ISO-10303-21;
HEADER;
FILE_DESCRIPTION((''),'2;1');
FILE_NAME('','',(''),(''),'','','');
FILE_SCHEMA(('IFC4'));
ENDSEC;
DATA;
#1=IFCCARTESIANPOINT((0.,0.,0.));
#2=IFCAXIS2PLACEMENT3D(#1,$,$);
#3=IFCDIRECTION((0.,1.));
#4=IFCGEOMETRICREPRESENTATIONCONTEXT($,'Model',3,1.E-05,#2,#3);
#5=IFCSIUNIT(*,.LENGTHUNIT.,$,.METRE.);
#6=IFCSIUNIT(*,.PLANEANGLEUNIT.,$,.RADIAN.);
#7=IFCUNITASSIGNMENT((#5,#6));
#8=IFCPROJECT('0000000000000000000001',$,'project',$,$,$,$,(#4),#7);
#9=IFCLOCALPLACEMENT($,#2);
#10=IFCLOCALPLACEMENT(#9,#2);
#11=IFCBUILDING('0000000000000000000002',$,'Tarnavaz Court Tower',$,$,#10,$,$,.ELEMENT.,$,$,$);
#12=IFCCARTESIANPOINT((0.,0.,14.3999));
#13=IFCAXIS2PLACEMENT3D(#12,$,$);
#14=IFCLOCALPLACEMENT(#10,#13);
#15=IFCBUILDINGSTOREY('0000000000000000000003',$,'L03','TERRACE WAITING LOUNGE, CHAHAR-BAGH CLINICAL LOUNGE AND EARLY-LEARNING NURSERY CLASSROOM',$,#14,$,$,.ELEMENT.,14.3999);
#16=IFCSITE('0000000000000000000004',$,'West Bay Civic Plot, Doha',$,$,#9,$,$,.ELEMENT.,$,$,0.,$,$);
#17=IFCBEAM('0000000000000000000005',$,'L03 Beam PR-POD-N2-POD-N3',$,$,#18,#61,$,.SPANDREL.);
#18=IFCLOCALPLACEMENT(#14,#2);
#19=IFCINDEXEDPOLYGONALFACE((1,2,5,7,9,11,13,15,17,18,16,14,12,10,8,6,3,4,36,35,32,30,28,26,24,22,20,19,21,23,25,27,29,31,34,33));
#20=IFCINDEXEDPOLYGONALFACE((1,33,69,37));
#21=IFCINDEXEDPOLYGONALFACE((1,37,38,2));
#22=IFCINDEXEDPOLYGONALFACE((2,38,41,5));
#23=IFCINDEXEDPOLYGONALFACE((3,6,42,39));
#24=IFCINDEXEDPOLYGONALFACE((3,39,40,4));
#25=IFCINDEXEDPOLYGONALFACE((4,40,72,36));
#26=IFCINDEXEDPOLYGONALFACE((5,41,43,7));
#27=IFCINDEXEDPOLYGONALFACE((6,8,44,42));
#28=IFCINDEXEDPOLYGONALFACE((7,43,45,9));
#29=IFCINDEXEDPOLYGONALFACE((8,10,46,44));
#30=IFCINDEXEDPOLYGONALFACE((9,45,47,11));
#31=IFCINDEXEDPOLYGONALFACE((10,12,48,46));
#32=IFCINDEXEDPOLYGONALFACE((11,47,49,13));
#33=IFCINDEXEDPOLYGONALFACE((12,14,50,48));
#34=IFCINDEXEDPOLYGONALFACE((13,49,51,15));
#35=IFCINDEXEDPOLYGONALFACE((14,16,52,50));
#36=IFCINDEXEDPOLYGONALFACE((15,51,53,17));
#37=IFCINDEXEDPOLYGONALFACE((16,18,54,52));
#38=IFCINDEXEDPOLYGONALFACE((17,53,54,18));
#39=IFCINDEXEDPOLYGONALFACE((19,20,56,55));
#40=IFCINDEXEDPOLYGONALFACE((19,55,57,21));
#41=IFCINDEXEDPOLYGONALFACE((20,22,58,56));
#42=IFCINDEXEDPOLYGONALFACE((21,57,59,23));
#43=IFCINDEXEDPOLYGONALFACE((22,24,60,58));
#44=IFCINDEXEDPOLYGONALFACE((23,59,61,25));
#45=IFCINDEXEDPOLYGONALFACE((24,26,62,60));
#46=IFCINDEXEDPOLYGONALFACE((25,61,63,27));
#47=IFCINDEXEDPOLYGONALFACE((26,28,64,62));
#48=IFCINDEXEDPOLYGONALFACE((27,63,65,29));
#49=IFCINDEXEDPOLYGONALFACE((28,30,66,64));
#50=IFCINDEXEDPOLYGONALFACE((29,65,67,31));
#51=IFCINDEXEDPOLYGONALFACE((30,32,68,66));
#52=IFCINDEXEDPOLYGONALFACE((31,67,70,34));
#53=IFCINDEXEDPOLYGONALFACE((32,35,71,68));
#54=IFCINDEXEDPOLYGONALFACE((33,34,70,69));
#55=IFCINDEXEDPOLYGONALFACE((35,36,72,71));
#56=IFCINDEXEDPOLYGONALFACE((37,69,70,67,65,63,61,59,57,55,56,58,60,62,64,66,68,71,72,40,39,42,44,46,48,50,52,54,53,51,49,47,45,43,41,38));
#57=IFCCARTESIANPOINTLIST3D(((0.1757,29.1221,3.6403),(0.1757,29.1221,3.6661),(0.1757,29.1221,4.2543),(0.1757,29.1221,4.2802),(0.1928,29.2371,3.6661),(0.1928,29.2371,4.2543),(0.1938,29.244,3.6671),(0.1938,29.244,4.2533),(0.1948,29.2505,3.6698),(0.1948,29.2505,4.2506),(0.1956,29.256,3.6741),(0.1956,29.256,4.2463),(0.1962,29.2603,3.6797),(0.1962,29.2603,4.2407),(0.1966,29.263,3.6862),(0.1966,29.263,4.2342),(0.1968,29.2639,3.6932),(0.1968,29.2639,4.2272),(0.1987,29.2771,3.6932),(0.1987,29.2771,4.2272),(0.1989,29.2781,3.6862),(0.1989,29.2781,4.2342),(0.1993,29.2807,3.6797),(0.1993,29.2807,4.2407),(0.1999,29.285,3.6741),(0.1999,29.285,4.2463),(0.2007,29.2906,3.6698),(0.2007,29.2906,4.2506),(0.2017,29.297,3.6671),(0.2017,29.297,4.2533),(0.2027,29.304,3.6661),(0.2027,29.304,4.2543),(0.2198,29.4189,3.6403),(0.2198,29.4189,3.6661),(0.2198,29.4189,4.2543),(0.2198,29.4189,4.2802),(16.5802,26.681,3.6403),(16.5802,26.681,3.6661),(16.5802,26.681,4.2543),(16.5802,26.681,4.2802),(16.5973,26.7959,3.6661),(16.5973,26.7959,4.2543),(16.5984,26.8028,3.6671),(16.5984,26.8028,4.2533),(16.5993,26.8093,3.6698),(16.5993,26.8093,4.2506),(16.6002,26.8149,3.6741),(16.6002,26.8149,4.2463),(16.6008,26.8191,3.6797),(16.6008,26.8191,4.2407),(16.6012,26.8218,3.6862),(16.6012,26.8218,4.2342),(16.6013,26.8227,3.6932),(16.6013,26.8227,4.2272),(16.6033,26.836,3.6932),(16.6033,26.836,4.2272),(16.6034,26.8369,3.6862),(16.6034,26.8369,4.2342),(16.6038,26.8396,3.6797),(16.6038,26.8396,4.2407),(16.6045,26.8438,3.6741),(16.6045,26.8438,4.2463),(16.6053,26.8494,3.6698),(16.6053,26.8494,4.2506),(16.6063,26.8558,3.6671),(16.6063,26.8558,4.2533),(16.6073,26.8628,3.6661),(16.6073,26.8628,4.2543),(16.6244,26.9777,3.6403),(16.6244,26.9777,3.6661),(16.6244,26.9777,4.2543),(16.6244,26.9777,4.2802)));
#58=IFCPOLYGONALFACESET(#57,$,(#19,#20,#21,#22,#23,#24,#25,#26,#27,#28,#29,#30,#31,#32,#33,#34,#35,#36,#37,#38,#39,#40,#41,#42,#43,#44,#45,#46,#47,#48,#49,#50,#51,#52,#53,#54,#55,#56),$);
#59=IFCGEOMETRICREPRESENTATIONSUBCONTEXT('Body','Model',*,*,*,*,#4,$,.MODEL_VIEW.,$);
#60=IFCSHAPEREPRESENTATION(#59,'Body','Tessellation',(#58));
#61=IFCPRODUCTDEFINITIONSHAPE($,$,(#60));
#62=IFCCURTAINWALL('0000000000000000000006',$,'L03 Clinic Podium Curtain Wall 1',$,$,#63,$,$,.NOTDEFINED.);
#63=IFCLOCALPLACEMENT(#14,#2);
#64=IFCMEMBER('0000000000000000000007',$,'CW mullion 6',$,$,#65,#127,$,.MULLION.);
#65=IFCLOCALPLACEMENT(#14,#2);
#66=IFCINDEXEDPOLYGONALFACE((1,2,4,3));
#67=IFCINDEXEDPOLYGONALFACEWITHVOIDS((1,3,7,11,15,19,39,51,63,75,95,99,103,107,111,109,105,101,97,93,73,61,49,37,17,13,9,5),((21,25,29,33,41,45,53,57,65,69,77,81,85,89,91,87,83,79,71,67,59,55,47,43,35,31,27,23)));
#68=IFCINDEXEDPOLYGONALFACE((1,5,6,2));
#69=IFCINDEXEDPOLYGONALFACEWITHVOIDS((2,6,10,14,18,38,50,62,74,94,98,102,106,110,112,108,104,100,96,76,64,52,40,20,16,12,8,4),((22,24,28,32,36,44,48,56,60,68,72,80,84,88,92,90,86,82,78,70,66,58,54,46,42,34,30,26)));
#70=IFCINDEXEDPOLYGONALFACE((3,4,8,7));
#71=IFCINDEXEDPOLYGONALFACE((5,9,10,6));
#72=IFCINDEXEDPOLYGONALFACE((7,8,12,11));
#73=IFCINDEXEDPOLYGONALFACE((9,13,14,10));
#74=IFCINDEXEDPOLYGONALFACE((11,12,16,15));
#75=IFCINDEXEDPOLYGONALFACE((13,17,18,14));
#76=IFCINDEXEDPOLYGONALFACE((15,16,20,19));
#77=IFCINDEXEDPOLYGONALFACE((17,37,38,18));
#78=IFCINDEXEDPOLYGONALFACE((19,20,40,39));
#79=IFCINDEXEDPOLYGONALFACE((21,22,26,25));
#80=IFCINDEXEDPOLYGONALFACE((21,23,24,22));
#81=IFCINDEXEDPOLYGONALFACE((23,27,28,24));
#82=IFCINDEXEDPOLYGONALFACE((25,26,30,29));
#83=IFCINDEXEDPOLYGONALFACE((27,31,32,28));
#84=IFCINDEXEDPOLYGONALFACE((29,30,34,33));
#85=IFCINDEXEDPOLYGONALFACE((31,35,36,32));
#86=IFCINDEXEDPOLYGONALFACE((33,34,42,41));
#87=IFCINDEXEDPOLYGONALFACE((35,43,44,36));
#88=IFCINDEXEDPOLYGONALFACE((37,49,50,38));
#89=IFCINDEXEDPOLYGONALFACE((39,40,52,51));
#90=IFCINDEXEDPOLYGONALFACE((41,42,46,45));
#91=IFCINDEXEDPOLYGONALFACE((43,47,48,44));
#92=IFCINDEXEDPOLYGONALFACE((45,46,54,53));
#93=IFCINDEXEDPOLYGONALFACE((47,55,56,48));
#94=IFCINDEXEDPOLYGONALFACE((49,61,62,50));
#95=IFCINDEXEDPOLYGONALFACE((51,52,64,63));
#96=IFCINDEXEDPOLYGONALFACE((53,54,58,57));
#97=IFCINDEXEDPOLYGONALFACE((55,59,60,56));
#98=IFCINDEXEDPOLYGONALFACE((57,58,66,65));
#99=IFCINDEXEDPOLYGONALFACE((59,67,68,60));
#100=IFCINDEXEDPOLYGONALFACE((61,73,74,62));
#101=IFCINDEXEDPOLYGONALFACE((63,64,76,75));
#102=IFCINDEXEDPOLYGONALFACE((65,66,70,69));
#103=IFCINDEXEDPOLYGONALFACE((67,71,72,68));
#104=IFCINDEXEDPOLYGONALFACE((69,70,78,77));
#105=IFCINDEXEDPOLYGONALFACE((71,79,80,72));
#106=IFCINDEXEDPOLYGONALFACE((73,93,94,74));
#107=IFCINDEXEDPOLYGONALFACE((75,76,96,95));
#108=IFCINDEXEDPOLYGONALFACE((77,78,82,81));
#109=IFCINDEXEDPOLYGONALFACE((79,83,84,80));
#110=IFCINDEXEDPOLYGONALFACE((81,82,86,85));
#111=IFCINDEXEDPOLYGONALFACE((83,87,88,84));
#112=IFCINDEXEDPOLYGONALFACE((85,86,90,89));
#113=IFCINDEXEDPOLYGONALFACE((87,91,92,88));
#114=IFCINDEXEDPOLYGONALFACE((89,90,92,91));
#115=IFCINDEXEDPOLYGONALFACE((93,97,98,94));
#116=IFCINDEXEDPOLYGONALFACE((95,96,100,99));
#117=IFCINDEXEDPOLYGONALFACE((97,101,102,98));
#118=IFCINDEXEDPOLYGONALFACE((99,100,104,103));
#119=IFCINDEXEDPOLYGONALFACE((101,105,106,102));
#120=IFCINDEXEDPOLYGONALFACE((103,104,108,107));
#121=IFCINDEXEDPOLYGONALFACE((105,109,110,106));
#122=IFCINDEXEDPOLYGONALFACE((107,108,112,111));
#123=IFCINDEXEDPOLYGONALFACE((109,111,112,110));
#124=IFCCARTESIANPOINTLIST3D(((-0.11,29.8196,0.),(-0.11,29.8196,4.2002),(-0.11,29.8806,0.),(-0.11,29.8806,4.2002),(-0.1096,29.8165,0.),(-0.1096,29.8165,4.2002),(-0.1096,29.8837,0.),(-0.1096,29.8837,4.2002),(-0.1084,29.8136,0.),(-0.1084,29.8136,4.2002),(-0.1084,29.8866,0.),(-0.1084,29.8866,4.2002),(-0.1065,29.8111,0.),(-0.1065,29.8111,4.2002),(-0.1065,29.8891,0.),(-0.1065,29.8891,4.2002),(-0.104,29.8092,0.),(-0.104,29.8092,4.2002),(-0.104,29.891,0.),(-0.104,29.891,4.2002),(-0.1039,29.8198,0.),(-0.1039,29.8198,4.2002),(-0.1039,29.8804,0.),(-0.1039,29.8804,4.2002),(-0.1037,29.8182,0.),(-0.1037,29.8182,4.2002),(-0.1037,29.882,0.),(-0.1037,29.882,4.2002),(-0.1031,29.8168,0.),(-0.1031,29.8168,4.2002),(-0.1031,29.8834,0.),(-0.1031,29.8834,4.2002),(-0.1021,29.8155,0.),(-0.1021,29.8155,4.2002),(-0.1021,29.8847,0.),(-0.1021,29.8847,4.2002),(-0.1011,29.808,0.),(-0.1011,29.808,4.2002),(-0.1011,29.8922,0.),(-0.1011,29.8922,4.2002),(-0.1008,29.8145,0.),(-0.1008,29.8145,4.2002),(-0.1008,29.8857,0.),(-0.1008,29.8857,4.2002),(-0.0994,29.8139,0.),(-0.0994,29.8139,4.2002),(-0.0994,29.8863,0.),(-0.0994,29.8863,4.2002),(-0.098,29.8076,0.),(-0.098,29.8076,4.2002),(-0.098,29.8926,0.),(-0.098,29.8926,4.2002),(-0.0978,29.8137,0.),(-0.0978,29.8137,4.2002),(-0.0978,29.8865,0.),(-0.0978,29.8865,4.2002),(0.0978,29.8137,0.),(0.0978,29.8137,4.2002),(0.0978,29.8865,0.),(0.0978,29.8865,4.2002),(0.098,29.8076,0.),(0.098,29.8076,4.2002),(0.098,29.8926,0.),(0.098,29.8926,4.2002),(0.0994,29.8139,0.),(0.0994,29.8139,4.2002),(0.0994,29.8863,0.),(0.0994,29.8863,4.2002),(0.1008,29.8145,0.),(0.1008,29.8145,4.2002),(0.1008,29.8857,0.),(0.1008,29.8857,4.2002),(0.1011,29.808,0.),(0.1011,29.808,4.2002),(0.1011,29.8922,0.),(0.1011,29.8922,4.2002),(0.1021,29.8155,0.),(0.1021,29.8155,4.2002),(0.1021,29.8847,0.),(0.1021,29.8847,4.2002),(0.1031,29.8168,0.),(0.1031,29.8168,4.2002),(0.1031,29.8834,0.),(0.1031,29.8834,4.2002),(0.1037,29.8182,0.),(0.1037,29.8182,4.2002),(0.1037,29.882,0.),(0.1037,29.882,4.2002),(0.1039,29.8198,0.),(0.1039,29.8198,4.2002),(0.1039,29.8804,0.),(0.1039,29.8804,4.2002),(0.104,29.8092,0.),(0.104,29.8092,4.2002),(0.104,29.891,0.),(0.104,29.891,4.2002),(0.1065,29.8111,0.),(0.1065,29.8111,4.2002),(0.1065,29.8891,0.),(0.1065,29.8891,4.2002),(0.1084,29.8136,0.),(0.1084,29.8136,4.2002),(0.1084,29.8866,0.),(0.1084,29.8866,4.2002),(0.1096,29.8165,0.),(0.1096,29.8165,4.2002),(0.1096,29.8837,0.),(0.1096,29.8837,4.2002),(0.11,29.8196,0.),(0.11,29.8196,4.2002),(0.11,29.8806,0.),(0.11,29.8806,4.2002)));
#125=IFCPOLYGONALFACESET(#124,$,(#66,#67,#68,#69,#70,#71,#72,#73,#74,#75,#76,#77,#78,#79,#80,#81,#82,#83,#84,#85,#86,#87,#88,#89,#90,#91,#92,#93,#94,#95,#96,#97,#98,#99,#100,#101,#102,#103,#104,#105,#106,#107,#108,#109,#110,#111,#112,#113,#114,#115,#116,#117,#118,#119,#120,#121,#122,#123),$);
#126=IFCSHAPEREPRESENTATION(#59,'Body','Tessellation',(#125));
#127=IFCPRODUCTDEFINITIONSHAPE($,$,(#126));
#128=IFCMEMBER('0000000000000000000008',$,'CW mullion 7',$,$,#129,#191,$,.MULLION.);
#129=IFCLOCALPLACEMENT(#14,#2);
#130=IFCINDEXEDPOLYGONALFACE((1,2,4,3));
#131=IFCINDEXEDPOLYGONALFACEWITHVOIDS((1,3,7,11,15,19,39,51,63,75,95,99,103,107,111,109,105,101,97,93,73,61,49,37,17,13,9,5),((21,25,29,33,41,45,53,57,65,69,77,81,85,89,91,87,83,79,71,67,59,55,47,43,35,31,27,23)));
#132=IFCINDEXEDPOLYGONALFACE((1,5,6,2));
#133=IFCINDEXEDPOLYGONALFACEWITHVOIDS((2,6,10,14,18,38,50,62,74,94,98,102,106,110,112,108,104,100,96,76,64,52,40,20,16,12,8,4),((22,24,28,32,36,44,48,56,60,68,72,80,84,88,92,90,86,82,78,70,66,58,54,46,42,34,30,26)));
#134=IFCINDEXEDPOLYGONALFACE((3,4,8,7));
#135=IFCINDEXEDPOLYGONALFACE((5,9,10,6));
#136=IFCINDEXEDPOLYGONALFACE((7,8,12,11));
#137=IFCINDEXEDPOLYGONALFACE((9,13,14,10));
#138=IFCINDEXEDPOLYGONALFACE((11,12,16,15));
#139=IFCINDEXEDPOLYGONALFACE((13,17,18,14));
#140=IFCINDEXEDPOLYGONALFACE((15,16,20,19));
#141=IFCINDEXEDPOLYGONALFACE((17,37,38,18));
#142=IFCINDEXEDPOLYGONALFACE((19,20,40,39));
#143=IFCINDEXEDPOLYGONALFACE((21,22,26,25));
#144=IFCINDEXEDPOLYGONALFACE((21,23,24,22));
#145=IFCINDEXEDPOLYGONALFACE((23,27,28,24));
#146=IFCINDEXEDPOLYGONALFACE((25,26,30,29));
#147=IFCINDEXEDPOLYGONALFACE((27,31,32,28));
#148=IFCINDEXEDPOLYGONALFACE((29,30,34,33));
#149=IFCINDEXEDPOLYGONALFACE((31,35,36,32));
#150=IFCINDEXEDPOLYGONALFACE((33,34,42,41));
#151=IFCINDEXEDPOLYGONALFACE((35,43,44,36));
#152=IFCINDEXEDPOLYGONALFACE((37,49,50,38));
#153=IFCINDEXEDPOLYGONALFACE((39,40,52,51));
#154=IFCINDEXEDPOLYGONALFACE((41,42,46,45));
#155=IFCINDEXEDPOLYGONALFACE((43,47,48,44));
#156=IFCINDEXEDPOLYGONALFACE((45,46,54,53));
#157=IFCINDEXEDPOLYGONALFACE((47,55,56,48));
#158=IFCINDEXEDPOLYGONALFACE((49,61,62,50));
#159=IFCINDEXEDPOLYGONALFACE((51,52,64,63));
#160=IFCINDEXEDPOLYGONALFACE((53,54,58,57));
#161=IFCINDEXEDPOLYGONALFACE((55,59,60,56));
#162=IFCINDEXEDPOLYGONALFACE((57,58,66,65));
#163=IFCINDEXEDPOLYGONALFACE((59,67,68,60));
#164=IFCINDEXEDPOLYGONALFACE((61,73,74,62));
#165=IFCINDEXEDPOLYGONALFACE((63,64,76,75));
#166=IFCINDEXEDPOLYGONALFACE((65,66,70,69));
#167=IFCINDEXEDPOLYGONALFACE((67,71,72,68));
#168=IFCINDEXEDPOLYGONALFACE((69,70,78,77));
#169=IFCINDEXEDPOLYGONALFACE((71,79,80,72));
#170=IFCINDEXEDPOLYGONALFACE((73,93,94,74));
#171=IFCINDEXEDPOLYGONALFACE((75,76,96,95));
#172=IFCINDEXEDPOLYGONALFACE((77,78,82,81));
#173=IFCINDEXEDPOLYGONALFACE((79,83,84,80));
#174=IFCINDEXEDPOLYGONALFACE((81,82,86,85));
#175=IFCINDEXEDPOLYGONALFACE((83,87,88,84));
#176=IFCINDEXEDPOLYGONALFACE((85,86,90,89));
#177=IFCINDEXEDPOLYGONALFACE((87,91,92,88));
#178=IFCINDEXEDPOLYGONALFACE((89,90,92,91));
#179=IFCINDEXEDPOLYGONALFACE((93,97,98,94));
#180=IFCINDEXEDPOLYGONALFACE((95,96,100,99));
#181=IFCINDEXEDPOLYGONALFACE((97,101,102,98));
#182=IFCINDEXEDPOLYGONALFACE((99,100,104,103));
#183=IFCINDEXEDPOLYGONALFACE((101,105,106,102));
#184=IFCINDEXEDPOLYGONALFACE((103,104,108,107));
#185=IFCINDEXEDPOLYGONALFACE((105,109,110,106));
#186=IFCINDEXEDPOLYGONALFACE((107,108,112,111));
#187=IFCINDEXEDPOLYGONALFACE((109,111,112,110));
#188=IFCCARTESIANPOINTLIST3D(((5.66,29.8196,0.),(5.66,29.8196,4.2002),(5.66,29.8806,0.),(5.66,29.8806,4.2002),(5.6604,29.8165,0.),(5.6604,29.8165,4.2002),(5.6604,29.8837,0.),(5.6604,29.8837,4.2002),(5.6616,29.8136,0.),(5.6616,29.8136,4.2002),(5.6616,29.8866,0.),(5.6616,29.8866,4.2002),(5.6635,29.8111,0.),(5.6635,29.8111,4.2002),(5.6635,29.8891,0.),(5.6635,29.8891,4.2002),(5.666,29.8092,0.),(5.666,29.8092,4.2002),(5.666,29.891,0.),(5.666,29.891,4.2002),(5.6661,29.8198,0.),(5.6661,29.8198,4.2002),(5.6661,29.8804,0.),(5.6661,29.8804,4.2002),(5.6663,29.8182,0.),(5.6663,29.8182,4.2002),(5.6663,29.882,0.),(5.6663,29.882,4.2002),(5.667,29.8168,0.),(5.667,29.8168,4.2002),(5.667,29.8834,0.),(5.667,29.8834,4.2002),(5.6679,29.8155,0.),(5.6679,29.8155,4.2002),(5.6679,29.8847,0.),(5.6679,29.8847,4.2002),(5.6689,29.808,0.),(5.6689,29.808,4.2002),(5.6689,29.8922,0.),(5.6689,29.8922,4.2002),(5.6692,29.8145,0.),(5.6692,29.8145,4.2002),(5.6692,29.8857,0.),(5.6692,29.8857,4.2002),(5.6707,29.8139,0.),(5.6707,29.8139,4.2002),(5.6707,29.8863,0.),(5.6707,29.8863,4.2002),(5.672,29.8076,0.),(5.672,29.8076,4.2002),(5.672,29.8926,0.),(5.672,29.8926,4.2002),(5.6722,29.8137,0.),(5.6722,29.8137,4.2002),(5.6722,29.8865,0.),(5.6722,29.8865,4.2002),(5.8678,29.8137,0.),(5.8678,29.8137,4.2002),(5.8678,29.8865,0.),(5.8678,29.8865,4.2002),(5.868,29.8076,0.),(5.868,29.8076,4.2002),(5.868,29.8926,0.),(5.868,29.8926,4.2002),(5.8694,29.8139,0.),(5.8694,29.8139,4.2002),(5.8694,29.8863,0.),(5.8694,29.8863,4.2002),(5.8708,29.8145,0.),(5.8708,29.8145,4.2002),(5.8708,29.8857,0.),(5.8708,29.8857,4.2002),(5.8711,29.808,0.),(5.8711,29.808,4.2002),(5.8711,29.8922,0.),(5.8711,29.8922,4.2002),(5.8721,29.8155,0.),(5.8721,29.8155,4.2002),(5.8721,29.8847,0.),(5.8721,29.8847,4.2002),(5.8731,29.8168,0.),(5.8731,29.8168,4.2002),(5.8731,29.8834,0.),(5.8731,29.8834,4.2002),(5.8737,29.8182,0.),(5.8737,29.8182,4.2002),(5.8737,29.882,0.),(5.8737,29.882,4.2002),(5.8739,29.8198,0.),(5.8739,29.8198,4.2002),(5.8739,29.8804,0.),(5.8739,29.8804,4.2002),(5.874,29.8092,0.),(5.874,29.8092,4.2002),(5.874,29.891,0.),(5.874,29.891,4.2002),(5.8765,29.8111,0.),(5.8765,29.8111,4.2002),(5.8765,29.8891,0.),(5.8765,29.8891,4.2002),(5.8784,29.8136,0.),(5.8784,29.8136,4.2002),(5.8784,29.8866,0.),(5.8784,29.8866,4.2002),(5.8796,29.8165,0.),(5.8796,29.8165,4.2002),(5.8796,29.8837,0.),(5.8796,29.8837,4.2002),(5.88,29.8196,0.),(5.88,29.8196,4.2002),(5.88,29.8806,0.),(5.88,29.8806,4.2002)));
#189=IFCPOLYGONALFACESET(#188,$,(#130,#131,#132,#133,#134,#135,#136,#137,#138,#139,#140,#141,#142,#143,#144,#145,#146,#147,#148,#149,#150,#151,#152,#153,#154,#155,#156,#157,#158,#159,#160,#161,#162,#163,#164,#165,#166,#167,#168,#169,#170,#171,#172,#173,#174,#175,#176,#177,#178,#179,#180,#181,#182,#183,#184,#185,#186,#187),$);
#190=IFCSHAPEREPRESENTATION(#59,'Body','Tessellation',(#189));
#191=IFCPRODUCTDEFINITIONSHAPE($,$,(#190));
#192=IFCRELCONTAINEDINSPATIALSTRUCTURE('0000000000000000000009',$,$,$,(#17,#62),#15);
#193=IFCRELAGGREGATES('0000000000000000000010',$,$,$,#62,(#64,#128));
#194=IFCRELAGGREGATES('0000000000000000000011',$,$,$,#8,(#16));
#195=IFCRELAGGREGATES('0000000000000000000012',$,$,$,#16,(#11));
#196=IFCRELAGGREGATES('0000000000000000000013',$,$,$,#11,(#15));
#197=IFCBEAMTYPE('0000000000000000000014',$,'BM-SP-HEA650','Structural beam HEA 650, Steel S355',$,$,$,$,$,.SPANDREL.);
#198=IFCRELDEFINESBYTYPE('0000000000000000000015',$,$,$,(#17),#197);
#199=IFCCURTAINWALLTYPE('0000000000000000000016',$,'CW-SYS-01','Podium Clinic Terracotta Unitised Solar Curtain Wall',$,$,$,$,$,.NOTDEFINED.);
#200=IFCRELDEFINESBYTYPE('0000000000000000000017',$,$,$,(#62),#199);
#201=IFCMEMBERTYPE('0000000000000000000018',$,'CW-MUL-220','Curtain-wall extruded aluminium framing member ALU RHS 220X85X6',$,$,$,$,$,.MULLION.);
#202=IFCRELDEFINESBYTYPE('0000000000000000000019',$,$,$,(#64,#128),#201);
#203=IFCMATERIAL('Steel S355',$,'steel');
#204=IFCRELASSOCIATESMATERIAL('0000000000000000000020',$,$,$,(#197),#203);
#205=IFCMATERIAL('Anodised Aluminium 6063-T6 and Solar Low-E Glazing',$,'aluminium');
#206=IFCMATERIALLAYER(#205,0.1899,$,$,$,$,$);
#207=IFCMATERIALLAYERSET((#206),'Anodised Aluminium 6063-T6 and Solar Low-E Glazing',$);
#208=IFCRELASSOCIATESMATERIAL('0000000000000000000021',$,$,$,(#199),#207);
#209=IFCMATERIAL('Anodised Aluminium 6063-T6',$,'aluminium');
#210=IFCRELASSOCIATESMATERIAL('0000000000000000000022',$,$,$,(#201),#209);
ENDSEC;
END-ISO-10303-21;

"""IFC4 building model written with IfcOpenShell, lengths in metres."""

from ifc_helpers import new_model, si_unit, direction, frame, origin, origin_2d, place, context, subcontext, project, spatial, hollow_rectangle, i_section, extrude, material, layer, layer_set, material_profile, profile_set, type_object, element, aggregate, save


model = new_model("IFC4")

# Units and contexts
model_context = context("Model", 3, precision=1e-05, world=origin(), true_north=direction((0.0, 1.0)))
body_context = subcontext(model_context, "Body", "Model", "MODEL_VIEW")
ifc_project = project(units=[si_unit("LENGTHUNIT", "METRE"), si_unit("PLANEANGLEUNIT", "RADIAN")], contexts=[model_context])

# Site, building, storey
site_placement = place(None, origin())
site = spatial("IfcSite", under=ifc_project, at=site_placement, Name="West Bay Civic Plot, Doha", CompositionType="ELEMENT", RefElevation=0.0)
building_placement = place(site_placement, origin())
building = spatial("IfcBuilding", under=site, at=building_placement, Name="Tarnavaz Court Tower", CompositionType="ELEMENT")
storey_placement = place(building_placement, frame((0.0, 0.0, 14.3999)))
storey = spatial("IfcBuildingStorey", under=building, at=storey_placement, Name="L03", Description="TERRACE WAITING LOUNGE, CHAHAR-BAGH CLINICAL LOUNGE AND EARLY-LEARNING NURSERY CLASSROOM", CompositionType="ELEMENT", Elevation=14.3999)

# Beam
ifc_material_1 = material(Name="Steel S355", Category="steel")
ifc_material_profile_1 = material_profile(ifc_material_1, i_section(OverallWidth=0.3, OverallDepth=0.6399, WebThickness=0.0134, FlangeThickness=0.0259, FilletRadius=0.0271, at=origin_2d()), Name="HEA 650")
ifc_profile_set_1 = profile_set([ifc_material_profile_1], Name="Steel S355")
beam_type_1 = type_object("IfcBeamType", Name="BM-SP-HEA650", Description="Structural beam HEA 650, Steel S355", PredefinedType="SPANDREL", material=ifc_profile_set_1)
beam_1_placement = place(storey_placement, frame((0.1978, 29.2705, 3.9602), z_axis=(0.989108, -0.147189, 0.0), x_axis=(0.147189, 0.989108, 0.0)))
element("IfcBeam", 1, at=beam_1_placement, inside=storey, type_object=beam_type_1, Name="L03 Beam PR-POD-N2-POD-N3", PredefinedType="SPANDREL", context=body_context, shape_type="SweptSolid", body=[
    extrude(i_section(OverallWidth=0.3, OverallDepth=0.6399, WebThickness=0.0134, FlangeThickness=0.0259, FilletRadius=0.0271, at=origin_2d()), origin(), (0.0, 0.0, 1.0), 16.5852),
])

# Curtain wall, members
ifc_material_2 = material(Name="Anodised Aluminium 6063-T6 and Solar Low-E Glazing", Category="aluminium")
ifc_layer_1 = layer(ifc_material_2, 0.1899)
ifc_layer_set_1 = layer_set([ifc_layer_1], Name="Anodised Aluminium 6063-T6 and Solar Low-E Glazing")
curtain_wall_type = type_object("IfcCurtainWallType", Name="CW-SYS-01", Description="Podium Clinic Terracotta Unitised Solar Curtain Wall", PredefinedType="NOTDEFINED", material=ifc_layer_set_1)
curtain_wall_placement = place(storey_placement, origin())
curtain_wall = element("IfcCurtainWall", 2, at=curtain_wall_placement, inside=storey, type_object=curtain_wall_type, Name="L03 Clinic Podium Curtain Wall 1", PredefinedType="NOTDEFINED")
ifc_material_3 = material(Name="Anodised Aluminium 6063-T6", Category="aluminium")
ifc_material_profile_2 = material_profile(ifc_material_3, hollow_rectangle(XDim=0.085, YDim=0.22, WallThickness=0.0061, InnerFilletRadius=0.0061, OuterFilletRadius=0.012, at=origin_2d()), Name="ALU RHS 220X85X6")
ifc_profile_set_2 = profile_set([ifc_material_profile_2], Name="Anodised Aluminium 6063-T6")
member_type_1 = type_object("IfcMemberType", Name="CW-MUL-220", Description="Curtain-wall extruded aluminium framing member ALU RHS 220X85X6", PredefinedType="MULLION", material=ifc_profile_set_2)
member_1_placement = place(storey_placement, frame((0.0, 29.8501, 0.0), z_axis=(0.0, 0.0, 1.0), x_axis=(0.0, 1.0, 0.0)))
member_1 = element("IfcMember", 3, at=member_1_placement, type_object=member_type_1, Name="CW mullion 6", PredefinedType="MULLION", context=body_context, shape_type="SweptSolid", body=[
    extrude(hollow_rectangle(XDim=0.085, YDim=0.22, WallThickness=0.0061, InnerFilletRadius=0.0061, OuterFilletRadius=0.012, at=origin_2d()), origin(), (0.0, 0.0, 1.0), 4.2002),
])
member_2_placement = place(storey_placement, frame((5.77, 29.8501, 0.0), z_axis=(0.0, 0.0, 1.0), x_axis=(0.0, 1.0, 0.0)))
member_2 = element("IfcMember", 4, at=member_2_placement, type_object=member_type_1, Name="CW mullion 7", PredefinedType="MULLION", context=body_context, shape_type="SweptSolid", body=[
    extrude(hollow_rectangle(XDim=0.085, YDim=0.22, WallThickness=0.0061, InnerFilletRadius=0.0061, OuterFilletRadius=0.012, at=origin_2d()), origin(), (0.0, 0.0, 1.0), 4.2002),
])
aggregate(curtain_wall, [member_1, member_2])

save(model, "model.ifc")
